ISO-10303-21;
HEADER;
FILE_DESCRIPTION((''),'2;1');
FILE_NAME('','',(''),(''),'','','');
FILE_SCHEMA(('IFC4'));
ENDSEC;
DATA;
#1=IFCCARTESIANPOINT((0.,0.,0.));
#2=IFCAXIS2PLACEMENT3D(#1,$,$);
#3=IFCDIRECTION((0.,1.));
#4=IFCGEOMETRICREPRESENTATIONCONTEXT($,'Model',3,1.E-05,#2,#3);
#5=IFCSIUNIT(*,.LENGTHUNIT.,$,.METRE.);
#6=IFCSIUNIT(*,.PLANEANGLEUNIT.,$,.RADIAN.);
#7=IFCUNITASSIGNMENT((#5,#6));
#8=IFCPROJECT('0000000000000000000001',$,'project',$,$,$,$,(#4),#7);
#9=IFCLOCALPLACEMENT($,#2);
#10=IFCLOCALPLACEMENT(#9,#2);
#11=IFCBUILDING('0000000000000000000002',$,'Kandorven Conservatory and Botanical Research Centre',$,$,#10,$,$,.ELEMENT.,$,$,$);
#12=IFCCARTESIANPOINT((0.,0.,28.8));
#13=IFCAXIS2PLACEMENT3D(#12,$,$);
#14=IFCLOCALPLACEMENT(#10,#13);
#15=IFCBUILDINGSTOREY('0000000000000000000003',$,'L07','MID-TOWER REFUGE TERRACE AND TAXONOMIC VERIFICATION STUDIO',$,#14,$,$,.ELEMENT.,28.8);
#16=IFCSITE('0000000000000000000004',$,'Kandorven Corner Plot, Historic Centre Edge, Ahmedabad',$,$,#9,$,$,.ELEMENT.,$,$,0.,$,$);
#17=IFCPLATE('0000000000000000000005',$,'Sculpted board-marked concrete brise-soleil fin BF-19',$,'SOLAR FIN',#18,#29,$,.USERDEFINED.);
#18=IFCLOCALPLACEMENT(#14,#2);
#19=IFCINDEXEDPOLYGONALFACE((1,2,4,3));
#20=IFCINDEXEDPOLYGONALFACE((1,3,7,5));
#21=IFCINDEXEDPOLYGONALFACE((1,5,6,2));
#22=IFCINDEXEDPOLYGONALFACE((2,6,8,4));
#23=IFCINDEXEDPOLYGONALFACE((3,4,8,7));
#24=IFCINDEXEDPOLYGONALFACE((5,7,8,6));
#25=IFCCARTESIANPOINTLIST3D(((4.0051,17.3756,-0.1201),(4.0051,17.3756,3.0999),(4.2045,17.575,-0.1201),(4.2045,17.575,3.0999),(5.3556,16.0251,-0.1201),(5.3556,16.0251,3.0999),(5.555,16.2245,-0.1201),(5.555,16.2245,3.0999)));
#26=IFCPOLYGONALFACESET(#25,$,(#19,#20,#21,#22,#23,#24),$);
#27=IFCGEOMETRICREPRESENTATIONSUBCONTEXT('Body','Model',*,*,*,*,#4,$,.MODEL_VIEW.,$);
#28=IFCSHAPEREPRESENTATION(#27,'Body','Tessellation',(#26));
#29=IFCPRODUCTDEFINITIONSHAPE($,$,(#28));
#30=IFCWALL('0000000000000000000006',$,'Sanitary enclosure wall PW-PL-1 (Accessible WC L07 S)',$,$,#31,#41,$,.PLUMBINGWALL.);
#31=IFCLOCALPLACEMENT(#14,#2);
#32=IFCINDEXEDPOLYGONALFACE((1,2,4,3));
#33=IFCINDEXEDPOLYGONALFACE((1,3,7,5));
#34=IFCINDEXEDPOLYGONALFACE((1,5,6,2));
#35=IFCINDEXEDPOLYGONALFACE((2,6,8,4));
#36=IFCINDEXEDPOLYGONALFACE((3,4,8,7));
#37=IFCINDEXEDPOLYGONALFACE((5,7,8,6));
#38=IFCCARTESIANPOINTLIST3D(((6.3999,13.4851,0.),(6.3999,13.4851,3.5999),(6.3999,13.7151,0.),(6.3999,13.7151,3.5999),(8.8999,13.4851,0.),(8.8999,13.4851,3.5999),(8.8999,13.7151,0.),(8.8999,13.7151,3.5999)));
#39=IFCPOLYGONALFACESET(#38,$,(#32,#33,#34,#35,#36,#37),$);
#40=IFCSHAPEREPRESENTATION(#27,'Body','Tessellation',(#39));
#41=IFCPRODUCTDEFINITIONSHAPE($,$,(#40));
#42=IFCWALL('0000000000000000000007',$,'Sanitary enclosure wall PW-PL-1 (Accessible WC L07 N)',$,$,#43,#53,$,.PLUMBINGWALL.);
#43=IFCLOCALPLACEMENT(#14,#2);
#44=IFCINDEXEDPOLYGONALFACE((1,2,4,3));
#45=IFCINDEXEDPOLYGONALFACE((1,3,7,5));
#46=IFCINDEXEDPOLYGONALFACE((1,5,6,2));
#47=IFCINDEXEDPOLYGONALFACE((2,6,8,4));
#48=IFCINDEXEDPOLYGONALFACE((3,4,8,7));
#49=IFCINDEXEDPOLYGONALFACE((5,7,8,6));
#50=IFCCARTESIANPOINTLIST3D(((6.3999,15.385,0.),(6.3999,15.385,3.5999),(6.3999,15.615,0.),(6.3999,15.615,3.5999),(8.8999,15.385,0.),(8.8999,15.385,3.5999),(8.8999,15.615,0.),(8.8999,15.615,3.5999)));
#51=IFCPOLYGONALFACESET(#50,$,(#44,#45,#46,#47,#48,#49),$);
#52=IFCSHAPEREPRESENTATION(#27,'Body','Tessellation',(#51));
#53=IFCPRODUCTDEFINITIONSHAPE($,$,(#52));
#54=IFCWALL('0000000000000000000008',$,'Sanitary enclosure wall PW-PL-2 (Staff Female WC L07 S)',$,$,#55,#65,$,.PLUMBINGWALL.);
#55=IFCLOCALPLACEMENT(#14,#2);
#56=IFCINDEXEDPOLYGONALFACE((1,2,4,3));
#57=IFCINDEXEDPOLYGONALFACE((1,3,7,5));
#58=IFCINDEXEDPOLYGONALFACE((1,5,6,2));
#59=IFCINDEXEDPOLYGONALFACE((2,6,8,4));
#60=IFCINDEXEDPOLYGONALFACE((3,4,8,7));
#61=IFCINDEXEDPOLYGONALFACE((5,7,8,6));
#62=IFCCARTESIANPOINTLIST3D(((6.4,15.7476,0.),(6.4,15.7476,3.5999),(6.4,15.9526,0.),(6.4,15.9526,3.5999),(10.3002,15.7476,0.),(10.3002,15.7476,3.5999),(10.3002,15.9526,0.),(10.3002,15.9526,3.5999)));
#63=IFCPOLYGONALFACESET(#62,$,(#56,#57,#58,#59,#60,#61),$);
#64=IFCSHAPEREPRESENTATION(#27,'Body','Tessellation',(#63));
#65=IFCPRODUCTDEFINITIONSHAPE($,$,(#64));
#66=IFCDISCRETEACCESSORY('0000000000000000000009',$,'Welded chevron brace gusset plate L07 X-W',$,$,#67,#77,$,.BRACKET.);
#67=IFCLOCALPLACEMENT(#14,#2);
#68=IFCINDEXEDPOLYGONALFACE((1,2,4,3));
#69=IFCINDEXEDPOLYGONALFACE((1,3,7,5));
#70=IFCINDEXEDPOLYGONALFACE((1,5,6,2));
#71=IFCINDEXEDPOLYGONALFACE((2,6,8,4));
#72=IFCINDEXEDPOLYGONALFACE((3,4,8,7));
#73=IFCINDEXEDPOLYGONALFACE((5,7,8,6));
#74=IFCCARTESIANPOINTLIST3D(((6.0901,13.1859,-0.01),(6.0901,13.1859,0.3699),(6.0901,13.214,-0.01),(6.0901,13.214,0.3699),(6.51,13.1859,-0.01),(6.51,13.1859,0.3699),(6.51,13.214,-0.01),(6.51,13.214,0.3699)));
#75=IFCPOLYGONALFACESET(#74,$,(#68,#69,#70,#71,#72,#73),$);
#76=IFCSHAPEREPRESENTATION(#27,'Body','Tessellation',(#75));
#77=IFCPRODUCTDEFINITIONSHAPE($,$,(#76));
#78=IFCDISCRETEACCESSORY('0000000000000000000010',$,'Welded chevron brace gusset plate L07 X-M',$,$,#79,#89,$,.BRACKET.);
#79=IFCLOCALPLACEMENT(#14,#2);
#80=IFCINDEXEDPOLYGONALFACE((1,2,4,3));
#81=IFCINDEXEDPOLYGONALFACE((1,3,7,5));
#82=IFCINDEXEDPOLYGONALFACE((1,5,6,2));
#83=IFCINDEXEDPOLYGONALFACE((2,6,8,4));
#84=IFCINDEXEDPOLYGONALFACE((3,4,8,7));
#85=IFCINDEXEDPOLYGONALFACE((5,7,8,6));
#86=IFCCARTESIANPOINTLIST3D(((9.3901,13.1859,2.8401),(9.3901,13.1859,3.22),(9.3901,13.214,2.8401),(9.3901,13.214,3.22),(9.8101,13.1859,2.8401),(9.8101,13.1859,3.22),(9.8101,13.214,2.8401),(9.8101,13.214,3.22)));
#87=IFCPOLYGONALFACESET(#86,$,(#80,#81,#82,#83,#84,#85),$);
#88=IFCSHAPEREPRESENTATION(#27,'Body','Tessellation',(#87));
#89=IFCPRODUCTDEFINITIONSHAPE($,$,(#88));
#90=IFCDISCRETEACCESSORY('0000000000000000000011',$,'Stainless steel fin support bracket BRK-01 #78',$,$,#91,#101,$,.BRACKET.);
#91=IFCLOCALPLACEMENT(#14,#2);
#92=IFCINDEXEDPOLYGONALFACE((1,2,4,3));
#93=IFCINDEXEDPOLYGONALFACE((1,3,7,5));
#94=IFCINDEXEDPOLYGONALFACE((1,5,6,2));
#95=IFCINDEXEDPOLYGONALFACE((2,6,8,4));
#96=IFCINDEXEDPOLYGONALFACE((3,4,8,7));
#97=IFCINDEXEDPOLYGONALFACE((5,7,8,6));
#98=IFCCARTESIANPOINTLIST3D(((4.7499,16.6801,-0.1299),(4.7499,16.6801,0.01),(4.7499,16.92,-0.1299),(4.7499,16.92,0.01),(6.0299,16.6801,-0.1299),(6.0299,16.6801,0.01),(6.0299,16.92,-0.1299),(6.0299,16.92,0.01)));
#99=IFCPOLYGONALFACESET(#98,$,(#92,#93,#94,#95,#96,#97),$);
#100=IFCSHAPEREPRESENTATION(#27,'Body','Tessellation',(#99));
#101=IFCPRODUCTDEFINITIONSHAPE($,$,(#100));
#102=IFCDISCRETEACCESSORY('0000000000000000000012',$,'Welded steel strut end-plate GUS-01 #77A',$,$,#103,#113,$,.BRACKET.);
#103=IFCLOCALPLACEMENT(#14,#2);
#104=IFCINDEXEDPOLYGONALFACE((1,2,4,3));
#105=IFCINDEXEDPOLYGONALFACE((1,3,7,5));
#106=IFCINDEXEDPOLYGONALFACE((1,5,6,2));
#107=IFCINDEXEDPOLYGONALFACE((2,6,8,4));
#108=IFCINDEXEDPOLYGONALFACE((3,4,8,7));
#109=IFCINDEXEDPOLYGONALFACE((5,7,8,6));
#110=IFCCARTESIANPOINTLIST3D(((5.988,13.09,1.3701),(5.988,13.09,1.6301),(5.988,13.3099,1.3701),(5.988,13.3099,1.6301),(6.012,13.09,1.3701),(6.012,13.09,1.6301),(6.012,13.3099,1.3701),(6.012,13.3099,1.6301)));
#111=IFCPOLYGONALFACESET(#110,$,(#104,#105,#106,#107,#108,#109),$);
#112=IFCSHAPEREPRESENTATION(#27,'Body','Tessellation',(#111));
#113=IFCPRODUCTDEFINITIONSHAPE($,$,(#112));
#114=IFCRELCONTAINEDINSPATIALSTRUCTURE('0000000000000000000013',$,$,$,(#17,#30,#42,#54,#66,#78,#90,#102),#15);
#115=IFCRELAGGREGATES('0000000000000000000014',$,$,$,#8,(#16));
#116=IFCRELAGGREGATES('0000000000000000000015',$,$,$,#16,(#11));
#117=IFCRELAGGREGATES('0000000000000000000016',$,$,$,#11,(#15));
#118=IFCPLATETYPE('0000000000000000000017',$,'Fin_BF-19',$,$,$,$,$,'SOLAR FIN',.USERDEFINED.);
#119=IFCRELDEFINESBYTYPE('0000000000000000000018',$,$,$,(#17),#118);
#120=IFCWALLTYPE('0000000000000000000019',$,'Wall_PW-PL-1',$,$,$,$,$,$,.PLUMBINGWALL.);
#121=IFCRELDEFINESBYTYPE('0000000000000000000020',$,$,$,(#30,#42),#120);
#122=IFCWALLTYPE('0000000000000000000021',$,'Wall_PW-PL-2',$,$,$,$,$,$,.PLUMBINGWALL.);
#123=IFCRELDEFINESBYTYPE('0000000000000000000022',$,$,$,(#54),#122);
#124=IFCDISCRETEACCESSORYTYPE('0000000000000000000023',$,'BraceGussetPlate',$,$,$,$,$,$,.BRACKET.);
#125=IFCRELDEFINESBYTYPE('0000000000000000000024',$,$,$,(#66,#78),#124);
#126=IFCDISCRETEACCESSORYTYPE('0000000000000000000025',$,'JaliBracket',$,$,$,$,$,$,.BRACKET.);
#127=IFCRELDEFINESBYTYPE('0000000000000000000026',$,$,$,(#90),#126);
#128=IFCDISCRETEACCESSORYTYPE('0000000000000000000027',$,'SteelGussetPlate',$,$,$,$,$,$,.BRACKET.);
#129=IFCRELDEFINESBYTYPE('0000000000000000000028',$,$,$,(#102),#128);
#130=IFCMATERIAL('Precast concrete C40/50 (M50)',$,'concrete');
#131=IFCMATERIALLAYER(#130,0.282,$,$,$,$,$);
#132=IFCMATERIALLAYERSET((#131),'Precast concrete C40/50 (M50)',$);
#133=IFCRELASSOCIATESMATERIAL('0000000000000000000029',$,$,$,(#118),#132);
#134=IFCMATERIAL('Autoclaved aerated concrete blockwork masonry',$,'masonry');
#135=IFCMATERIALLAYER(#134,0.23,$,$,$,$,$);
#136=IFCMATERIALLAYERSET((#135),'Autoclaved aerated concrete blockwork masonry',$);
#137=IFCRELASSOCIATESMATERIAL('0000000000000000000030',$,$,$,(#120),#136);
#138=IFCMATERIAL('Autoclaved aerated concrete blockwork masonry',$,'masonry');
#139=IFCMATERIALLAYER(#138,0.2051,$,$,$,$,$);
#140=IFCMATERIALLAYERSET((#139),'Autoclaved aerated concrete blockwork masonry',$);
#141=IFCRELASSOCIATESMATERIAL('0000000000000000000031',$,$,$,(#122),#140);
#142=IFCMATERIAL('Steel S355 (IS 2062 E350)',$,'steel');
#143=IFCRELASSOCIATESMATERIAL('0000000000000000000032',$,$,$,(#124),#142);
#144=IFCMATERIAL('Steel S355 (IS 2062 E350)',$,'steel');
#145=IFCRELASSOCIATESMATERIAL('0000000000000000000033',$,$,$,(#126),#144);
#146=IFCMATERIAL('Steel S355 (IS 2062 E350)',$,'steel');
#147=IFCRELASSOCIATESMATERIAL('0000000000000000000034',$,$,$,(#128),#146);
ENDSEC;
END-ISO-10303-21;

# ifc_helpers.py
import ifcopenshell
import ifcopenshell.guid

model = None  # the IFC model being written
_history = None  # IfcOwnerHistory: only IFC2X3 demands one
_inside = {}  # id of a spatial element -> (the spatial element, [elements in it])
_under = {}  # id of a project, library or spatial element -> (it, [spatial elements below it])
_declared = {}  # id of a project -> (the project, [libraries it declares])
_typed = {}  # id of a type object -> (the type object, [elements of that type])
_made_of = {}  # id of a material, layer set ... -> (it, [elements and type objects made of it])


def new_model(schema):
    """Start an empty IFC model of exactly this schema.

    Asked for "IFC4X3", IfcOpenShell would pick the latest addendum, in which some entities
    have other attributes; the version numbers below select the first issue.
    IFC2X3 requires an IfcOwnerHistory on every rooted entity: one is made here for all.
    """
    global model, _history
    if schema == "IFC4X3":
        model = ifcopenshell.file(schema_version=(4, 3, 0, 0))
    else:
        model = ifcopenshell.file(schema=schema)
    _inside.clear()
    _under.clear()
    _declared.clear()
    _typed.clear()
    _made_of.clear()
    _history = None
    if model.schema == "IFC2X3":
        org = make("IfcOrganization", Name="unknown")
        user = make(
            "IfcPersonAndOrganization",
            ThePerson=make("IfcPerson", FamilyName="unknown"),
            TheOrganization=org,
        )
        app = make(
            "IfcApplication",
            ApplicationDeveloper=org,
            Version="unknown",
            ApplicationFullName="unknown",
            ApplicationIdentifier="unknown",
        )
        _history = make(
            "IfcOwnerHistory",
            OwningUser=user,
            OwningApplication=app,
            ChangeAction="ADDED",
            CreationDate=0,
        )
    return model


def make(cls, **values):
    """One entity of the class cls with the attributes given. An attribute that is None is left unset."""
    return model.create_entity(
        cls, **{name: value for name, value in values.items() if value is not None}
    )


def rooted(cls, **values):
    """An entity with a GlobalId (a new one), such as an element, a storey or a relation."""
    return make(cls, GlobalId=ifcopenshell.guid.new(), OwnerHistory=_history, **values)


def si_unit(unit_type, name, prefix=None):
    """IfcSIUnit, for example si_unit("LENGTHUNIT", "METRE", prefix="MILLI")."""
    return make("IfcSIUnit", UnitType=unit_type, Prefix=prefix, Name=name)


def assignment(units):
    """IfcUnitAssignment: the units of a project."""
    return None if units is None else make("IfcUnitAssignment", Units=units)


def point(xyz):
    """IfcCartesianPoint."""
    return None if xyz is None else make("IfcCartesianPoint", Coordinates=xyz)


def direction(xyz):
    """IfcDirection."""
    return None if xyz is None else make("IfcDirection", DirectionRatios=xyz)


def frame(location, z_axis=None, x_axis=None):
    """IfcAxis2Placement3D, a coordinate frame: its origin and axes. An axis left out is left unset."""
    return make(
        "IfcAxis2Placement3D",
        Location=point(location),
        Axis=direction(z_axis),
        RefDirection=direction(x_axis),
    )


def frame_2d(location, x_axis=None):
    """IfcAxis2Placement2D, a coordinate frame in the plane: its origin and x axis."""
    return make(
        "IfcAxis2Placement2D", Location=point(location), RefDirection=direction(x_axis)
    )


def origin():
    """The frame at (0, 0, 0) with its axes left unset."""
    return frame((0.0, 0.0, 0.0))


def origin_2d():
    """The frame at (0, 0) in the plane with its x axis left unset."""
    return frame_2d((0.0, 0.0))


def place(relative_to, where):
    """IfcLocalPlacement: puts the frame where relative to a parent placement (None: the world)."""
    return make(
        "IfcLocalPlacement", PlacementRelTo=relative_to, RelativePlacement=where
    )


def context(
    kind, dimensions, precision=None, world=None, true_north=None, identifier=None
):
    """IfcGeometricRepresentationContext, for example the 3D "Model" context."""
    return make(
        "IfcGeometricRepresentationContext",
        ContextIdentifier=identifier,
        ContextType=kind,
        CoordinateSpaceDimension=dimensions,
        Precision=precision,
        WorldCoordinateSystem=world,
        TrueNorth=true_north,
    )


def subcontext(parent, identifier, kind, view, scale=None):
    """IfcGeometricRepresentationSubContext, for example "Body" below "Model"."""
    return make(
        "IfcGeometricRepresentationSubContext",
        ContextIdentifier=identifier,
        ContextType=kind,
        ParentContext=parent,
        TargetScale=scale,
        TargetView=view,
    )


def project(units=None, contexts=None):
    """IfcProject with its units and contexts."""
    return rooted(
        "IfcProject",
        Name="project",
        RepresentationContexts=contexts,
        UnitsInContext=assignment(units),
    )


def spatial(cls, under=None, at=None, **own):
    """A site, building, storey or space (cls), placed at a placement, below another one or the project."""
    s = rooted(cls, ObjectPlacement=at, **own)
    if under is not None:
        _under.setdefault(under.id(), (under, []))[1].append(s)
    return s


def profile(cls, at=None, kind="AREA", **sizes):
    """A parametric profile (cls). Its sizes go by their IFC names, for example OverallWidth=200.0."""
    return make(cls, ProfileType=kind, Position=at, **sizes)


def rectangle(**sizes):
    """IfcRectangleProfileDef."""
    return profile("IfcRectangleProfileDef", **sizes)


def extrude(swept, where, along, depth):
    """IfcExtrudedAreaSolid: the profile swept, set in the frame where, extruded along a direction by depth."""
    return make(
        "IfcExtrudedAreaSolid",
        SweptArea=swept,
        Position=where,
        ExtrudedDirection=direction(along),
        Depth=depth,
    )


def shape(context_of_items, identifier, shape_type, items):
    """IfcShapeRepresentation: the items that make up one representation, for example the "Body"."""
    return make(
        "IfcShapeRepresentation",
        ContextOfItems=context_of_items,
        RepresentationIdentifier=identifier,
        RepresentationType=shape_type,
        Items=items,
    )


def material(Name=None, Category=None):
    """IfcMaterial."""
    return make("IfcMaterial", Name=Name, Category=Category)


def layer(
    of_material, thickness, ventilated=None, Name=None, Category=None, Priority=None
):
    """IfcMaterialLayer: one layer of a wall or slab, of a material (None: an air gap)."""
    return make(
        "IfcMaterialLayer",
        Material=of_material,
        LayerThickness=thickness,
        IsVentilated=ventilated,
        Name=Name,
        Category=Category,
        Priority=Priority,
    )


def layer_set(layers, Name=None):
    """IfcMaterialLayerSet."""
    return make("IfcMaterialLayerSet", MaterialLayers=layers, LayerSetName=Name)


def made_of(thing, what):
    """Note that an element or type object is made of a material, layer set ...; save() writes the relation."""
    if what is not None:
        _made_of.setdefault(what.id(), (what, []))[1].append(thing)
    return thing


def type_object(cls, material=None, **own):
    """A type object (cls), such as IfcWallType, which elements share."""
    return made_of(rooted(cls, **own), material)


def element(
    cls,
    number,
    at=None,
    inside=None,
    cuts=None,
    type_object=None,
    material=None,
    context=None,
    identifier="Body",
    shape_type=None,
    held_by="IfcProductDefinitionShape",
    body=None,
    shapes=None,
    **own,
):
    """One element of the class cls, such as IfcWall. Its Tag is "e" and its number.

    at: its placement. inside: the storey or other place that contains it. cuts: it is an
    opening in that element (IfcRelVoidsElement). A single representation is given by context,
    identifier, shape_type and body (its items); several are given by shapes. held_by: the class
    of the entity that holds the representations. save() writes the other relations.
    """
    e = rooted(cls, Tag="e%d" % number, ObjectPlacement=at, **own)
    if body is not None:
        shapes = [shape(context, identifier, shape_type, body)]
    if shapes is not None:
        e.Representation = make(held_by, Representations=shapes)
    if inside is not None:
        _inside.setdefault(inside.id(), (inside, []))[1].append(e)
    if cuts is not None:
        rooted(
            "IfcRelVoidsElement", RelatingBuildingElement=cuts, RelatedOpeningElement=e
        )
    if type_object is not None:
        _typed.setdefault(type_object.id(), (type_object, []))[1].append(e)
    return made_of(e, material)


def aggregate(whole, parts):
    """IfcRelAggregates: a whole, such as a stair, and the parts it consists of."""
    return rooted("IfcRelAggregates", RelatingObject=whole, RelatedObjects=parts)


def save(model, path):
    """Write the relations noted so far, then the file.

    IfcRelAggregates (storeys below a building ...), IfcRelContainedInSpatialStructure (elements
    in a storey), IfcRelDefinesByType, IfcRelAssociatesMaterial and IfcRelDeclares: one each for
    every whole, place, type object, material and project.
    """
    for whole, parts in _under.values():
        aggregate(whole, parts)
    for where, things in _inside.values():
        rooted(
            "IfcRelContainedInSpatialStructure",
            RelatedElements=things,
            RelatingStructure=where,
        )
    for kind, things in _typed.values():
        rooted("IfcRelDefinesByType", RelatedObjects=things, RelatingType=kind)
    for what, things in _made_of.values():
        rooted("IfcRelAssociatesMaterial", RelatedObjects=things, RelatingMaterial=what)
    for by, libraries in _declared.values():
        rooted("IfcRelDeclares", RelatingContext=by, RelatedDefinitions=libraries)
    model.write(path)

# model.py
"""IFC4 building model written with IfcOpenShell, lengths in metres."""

from ifc_helpers import new_model, si_unit, direction, frame, frame_2d, origin, origin_2d, place, context, subcontext, project, spatial, rectangle, extrude, material, layer, layer_set, type_object, element, save


model = new_model("IFC4")

# Units and contexts
model_context = context("Model", 3, precision=1e-05, world=origin(), true_north=direction((0.0, 1.0)))
body_context = subcontext(model_context, "Body", "Model", "MODEL_VIEW")
ifc_project = project(units=[si_unit("LENGTHUNIT", "METRE"), si_unit("PLANEANGLEUNIT", "RADIAN")], contexts=[model_context])

# Site, building, storey
site_placement = place(None, origin())
site = spatial("IfcSite", under=ifc_project, at=site_placement, Name="Kandorven Corner Plot, Historic Centre Edge, Ahmedabad", CompositionType="ELEMENT", RefElevation=0.0)
building_placement = place(site_placement, origin())
building = spatial("IfcBuilding", under=site, at=building_placement, Name="Kandorven Conservatory and Botanical Research Centre", CompositionType="ELEMENT")
storey_placement = place(building_placement, frame((0.0, 0.0, 28.8)))
storey = spatial("IfcBuildingStorey", under=building, at=storey_placement, Name="L07", Description="MID-TOWER REFUGE TERRACE AND TAXONOMIC VERIFICATION STUDIO", CompositionType="ELEMENT", Elevation=28.8)

# Plate
ifc_material_1 = material(Name="Precast concrete C40/50 (M50)", Category="concrete")
ifc_layer_1 = layer(ifc_material_1, 0.282)
ifc_layer_set_1 = layer_set([ifc_layer_1], Name="Precast concrete C40/50 (M50)")
plate_type_1 = type_object("IfcPlateType", Name="Fin_BF-19", ElementType="SOLAR FIN", PredefinedType="USERDEFINED", material=ifc_layer_set_1)
plate_1_placement = place(storey_placement, frame((4.78, 16.8, -0.1201), z_axis=(0.0, 0.0, 1.0), x_axis=(-0.707107, 0.707107, 0.0)))
element("IfcPlate", 1, at=plate_1_placement, inside=storey, type_object=plate_type_1, Name="Sculpted board-marked concrete brise-soleil fin BF-19", ObjectType="SOLAR FIN", PredefinedType="USERDEFINED", context=body_context, shape_type="SweptSolid", body=[
    extrude(rectangle(XDim=1.9099, YDim=0.282, at=origin_2d()), origin(), (0.0, 0.0, 1.0), 3.22),
])

# Shared definitions
ifc_material_2 = material(Name="Autoclaved aerated concrete blockwork masonry", Category="masonry")
ifc_layer_2 = layer(ifc_material_2, 0.23)
ifc_layer_set_2 = layer_set([ifc_layer_2], Name="Autoclaved aerated concrete blockwork masonry")
wall_type_1 = type_object("IfcWallType", Name="Wall_PW-PL-1", PredefinedType="PLUMBINGWALL", material=ifc_layer_set_2)

# Walls
for number, where, z_axis, x_axis, name in (
    (2, (6.3999, 13.6001, 0.0), (0.0, 0.0, 1.0), (1.0, 0.0, 0.0), "Sanitary enclosure wall PW-PL-1 (Accessible WC L07 S)"),
    (3, (6.3999, 15.5, 0.0), (0.0, 0.0, 1.0), (1.0, 0.0, 0.0), "Sanitary enclosure wall PW-PL-1 (Accessible WC L07 N)"),
):
    element("IfcWall", number, at=place(storey_placement, frame(where, z_axis=z_axis, x_axis=x_axis)), inside=storey, type_object=wall_type_1, Name=name, PredefinedType="PLUMBINGWALL", context=body_context, shape_type="SweptSolid", body=[
        extrude(rectangle(XDim=2.5, YDim=0.23, at=frame_2d((1.25, 0.0))), origin(), (0.0, 0.0, 1.0), 3.5999),
    ])
ifc_material_3 = material(Name="Autoclaved aerated concrete blockwork masonry", Category="masonry")
ifc_layer_3 = layer(ifc_material_3, 0.2051)
ifc_layer_set_3 = layer_set([ifc_layer_3], Name="Autoclaved aerated concrete blockwork masonry")
wall_type_2 = type_object("IfcWallType", Name="Wall_PW-PL-2", PredefinedType="PLUMBINGWALL", material=ifc_layer_set_3)
wall_1_placement = place(storey_placement, frame((6.3999, 15.8501, 0.0), z_axis=(0.0, 0.0, 1.0), x_axis=(1.0, 0.0, 0.0)))
element("IfcWall", 4, at=wall_1_placement, inside=storey, type_object=wall_type_2, Name="Sanitary enclosure wall PW-PL-2 (Staff Female WC L07 S)", PredefinedType="PLUMBINGWALL", context=body_context, shape_type="SweptSolid", body=[
    extrude(rectangle(XDim=3.9001, YDim=0.2051, at=frame_2d((1.9502, 0.0))), origin(), (0.0, 0.0, 1.0), 3.5999),
])

# Discrete accessories
ifc_material_4 = material(Name="Steel S355 (IS 2062 E350)", Category="steel")
discrete_accessory_type_1 = type_object("IfcDiscreteAccessoryType", Name="BraceGussetPlate", PredefinedType="BRACKET", material=ifc_material_4)
for number, where, z_axis, x_axis, name in (
    (5, (6.3, 13.2, -0.01), (0.0, 0.0, 1.0), (1.0, 0.0, 0.0), "Welded chevron brace gusset plate L07 X-W"),
    (6, (9.6001, 13.2, 2.8401), (0.0, 0.0, 1.0), (1.0, 0.0, 0.0), "Welded chevron brace gusset plate L07 X-M"),
):
    element("IfcDiscreteAccessory", number, at=place(storey_placement, frame(where, z_axis=z_axis, x_axis=x_axis)), inside=storey, type_object=discrete_accessory_type_1, Name=name, PredefinedType="BRACKET", context=body_context, shape_type="SweptSolid", body=[
        extrude(rectangle(XDim=0.4199, YDim=0.0281, at=origin_2d()), origin(), (0.0, 0.0, 1.0), 0.3799),
    ])
ifc_material_5 = material(Name="Steel S355 (IS 2062 E350)", Category="steel")
discrete_accessory_type_2 = type_object("IfcDiscreteAccessoryType", Name="JaliBracket", PredefinedType="BRACKET", material=ifc_material_5)
discrete_accessory_1_placement = place(storey_placement, frame((5.3899, 16.8, -0.1299), z_axis=(0.0, 0.0, 1.0), x_axis=(1.0, 0.0, 0.0)))
element("IfcDiscreteAccessory", 7, at=discrete_accessory_1_placement, inside=storey, type_object=discrete_accessory_type_2, Name="Stainless steel fin support bracket BRK-01 #78", PredefinedType="BRACKET", context=body_context, shape_type="SweptSolid", body=[
    extrude(rectangle(XDim=1.28, YDim=0.24, at=origin_2d()), origin(), (0.0, 0.0, 1.0), 0.1399),
])
ifc_material_6 = material(Name="Steel S355 (IS 2062 E350)", Category="steel")
discrete_accessory_type_3 = type_object("IfcDiscreteAccessoryType", Name="SteelGussetPlate", PredefinedType="BRACKET", material=ifc_material_6)
discrete_accessory_2_placement = place(storey_placement, frame((6.0, 13.2, 1.3701), z_axis=(0.0, 0.0, 1.0), x_axis=(1.0, 0.0, 0.0)))
element("IfcDiscreteAccessory", 8, at=discrete_accessory_2_placement, inside=storey, type_object=discrete_accessory_type_3, Name="Welded steel strut end-plate GUS-01 #77A", PredefinedType="BRACKET", context=body_context, shape_type="SweptSolid", body=[
    extrude(rectangle(XDim=0.0239, YDim=0.22, at=origin_2d()), origin(), (0.0, 0.0, 1.0), 0.26),
])

save(model, "model.ifc")
